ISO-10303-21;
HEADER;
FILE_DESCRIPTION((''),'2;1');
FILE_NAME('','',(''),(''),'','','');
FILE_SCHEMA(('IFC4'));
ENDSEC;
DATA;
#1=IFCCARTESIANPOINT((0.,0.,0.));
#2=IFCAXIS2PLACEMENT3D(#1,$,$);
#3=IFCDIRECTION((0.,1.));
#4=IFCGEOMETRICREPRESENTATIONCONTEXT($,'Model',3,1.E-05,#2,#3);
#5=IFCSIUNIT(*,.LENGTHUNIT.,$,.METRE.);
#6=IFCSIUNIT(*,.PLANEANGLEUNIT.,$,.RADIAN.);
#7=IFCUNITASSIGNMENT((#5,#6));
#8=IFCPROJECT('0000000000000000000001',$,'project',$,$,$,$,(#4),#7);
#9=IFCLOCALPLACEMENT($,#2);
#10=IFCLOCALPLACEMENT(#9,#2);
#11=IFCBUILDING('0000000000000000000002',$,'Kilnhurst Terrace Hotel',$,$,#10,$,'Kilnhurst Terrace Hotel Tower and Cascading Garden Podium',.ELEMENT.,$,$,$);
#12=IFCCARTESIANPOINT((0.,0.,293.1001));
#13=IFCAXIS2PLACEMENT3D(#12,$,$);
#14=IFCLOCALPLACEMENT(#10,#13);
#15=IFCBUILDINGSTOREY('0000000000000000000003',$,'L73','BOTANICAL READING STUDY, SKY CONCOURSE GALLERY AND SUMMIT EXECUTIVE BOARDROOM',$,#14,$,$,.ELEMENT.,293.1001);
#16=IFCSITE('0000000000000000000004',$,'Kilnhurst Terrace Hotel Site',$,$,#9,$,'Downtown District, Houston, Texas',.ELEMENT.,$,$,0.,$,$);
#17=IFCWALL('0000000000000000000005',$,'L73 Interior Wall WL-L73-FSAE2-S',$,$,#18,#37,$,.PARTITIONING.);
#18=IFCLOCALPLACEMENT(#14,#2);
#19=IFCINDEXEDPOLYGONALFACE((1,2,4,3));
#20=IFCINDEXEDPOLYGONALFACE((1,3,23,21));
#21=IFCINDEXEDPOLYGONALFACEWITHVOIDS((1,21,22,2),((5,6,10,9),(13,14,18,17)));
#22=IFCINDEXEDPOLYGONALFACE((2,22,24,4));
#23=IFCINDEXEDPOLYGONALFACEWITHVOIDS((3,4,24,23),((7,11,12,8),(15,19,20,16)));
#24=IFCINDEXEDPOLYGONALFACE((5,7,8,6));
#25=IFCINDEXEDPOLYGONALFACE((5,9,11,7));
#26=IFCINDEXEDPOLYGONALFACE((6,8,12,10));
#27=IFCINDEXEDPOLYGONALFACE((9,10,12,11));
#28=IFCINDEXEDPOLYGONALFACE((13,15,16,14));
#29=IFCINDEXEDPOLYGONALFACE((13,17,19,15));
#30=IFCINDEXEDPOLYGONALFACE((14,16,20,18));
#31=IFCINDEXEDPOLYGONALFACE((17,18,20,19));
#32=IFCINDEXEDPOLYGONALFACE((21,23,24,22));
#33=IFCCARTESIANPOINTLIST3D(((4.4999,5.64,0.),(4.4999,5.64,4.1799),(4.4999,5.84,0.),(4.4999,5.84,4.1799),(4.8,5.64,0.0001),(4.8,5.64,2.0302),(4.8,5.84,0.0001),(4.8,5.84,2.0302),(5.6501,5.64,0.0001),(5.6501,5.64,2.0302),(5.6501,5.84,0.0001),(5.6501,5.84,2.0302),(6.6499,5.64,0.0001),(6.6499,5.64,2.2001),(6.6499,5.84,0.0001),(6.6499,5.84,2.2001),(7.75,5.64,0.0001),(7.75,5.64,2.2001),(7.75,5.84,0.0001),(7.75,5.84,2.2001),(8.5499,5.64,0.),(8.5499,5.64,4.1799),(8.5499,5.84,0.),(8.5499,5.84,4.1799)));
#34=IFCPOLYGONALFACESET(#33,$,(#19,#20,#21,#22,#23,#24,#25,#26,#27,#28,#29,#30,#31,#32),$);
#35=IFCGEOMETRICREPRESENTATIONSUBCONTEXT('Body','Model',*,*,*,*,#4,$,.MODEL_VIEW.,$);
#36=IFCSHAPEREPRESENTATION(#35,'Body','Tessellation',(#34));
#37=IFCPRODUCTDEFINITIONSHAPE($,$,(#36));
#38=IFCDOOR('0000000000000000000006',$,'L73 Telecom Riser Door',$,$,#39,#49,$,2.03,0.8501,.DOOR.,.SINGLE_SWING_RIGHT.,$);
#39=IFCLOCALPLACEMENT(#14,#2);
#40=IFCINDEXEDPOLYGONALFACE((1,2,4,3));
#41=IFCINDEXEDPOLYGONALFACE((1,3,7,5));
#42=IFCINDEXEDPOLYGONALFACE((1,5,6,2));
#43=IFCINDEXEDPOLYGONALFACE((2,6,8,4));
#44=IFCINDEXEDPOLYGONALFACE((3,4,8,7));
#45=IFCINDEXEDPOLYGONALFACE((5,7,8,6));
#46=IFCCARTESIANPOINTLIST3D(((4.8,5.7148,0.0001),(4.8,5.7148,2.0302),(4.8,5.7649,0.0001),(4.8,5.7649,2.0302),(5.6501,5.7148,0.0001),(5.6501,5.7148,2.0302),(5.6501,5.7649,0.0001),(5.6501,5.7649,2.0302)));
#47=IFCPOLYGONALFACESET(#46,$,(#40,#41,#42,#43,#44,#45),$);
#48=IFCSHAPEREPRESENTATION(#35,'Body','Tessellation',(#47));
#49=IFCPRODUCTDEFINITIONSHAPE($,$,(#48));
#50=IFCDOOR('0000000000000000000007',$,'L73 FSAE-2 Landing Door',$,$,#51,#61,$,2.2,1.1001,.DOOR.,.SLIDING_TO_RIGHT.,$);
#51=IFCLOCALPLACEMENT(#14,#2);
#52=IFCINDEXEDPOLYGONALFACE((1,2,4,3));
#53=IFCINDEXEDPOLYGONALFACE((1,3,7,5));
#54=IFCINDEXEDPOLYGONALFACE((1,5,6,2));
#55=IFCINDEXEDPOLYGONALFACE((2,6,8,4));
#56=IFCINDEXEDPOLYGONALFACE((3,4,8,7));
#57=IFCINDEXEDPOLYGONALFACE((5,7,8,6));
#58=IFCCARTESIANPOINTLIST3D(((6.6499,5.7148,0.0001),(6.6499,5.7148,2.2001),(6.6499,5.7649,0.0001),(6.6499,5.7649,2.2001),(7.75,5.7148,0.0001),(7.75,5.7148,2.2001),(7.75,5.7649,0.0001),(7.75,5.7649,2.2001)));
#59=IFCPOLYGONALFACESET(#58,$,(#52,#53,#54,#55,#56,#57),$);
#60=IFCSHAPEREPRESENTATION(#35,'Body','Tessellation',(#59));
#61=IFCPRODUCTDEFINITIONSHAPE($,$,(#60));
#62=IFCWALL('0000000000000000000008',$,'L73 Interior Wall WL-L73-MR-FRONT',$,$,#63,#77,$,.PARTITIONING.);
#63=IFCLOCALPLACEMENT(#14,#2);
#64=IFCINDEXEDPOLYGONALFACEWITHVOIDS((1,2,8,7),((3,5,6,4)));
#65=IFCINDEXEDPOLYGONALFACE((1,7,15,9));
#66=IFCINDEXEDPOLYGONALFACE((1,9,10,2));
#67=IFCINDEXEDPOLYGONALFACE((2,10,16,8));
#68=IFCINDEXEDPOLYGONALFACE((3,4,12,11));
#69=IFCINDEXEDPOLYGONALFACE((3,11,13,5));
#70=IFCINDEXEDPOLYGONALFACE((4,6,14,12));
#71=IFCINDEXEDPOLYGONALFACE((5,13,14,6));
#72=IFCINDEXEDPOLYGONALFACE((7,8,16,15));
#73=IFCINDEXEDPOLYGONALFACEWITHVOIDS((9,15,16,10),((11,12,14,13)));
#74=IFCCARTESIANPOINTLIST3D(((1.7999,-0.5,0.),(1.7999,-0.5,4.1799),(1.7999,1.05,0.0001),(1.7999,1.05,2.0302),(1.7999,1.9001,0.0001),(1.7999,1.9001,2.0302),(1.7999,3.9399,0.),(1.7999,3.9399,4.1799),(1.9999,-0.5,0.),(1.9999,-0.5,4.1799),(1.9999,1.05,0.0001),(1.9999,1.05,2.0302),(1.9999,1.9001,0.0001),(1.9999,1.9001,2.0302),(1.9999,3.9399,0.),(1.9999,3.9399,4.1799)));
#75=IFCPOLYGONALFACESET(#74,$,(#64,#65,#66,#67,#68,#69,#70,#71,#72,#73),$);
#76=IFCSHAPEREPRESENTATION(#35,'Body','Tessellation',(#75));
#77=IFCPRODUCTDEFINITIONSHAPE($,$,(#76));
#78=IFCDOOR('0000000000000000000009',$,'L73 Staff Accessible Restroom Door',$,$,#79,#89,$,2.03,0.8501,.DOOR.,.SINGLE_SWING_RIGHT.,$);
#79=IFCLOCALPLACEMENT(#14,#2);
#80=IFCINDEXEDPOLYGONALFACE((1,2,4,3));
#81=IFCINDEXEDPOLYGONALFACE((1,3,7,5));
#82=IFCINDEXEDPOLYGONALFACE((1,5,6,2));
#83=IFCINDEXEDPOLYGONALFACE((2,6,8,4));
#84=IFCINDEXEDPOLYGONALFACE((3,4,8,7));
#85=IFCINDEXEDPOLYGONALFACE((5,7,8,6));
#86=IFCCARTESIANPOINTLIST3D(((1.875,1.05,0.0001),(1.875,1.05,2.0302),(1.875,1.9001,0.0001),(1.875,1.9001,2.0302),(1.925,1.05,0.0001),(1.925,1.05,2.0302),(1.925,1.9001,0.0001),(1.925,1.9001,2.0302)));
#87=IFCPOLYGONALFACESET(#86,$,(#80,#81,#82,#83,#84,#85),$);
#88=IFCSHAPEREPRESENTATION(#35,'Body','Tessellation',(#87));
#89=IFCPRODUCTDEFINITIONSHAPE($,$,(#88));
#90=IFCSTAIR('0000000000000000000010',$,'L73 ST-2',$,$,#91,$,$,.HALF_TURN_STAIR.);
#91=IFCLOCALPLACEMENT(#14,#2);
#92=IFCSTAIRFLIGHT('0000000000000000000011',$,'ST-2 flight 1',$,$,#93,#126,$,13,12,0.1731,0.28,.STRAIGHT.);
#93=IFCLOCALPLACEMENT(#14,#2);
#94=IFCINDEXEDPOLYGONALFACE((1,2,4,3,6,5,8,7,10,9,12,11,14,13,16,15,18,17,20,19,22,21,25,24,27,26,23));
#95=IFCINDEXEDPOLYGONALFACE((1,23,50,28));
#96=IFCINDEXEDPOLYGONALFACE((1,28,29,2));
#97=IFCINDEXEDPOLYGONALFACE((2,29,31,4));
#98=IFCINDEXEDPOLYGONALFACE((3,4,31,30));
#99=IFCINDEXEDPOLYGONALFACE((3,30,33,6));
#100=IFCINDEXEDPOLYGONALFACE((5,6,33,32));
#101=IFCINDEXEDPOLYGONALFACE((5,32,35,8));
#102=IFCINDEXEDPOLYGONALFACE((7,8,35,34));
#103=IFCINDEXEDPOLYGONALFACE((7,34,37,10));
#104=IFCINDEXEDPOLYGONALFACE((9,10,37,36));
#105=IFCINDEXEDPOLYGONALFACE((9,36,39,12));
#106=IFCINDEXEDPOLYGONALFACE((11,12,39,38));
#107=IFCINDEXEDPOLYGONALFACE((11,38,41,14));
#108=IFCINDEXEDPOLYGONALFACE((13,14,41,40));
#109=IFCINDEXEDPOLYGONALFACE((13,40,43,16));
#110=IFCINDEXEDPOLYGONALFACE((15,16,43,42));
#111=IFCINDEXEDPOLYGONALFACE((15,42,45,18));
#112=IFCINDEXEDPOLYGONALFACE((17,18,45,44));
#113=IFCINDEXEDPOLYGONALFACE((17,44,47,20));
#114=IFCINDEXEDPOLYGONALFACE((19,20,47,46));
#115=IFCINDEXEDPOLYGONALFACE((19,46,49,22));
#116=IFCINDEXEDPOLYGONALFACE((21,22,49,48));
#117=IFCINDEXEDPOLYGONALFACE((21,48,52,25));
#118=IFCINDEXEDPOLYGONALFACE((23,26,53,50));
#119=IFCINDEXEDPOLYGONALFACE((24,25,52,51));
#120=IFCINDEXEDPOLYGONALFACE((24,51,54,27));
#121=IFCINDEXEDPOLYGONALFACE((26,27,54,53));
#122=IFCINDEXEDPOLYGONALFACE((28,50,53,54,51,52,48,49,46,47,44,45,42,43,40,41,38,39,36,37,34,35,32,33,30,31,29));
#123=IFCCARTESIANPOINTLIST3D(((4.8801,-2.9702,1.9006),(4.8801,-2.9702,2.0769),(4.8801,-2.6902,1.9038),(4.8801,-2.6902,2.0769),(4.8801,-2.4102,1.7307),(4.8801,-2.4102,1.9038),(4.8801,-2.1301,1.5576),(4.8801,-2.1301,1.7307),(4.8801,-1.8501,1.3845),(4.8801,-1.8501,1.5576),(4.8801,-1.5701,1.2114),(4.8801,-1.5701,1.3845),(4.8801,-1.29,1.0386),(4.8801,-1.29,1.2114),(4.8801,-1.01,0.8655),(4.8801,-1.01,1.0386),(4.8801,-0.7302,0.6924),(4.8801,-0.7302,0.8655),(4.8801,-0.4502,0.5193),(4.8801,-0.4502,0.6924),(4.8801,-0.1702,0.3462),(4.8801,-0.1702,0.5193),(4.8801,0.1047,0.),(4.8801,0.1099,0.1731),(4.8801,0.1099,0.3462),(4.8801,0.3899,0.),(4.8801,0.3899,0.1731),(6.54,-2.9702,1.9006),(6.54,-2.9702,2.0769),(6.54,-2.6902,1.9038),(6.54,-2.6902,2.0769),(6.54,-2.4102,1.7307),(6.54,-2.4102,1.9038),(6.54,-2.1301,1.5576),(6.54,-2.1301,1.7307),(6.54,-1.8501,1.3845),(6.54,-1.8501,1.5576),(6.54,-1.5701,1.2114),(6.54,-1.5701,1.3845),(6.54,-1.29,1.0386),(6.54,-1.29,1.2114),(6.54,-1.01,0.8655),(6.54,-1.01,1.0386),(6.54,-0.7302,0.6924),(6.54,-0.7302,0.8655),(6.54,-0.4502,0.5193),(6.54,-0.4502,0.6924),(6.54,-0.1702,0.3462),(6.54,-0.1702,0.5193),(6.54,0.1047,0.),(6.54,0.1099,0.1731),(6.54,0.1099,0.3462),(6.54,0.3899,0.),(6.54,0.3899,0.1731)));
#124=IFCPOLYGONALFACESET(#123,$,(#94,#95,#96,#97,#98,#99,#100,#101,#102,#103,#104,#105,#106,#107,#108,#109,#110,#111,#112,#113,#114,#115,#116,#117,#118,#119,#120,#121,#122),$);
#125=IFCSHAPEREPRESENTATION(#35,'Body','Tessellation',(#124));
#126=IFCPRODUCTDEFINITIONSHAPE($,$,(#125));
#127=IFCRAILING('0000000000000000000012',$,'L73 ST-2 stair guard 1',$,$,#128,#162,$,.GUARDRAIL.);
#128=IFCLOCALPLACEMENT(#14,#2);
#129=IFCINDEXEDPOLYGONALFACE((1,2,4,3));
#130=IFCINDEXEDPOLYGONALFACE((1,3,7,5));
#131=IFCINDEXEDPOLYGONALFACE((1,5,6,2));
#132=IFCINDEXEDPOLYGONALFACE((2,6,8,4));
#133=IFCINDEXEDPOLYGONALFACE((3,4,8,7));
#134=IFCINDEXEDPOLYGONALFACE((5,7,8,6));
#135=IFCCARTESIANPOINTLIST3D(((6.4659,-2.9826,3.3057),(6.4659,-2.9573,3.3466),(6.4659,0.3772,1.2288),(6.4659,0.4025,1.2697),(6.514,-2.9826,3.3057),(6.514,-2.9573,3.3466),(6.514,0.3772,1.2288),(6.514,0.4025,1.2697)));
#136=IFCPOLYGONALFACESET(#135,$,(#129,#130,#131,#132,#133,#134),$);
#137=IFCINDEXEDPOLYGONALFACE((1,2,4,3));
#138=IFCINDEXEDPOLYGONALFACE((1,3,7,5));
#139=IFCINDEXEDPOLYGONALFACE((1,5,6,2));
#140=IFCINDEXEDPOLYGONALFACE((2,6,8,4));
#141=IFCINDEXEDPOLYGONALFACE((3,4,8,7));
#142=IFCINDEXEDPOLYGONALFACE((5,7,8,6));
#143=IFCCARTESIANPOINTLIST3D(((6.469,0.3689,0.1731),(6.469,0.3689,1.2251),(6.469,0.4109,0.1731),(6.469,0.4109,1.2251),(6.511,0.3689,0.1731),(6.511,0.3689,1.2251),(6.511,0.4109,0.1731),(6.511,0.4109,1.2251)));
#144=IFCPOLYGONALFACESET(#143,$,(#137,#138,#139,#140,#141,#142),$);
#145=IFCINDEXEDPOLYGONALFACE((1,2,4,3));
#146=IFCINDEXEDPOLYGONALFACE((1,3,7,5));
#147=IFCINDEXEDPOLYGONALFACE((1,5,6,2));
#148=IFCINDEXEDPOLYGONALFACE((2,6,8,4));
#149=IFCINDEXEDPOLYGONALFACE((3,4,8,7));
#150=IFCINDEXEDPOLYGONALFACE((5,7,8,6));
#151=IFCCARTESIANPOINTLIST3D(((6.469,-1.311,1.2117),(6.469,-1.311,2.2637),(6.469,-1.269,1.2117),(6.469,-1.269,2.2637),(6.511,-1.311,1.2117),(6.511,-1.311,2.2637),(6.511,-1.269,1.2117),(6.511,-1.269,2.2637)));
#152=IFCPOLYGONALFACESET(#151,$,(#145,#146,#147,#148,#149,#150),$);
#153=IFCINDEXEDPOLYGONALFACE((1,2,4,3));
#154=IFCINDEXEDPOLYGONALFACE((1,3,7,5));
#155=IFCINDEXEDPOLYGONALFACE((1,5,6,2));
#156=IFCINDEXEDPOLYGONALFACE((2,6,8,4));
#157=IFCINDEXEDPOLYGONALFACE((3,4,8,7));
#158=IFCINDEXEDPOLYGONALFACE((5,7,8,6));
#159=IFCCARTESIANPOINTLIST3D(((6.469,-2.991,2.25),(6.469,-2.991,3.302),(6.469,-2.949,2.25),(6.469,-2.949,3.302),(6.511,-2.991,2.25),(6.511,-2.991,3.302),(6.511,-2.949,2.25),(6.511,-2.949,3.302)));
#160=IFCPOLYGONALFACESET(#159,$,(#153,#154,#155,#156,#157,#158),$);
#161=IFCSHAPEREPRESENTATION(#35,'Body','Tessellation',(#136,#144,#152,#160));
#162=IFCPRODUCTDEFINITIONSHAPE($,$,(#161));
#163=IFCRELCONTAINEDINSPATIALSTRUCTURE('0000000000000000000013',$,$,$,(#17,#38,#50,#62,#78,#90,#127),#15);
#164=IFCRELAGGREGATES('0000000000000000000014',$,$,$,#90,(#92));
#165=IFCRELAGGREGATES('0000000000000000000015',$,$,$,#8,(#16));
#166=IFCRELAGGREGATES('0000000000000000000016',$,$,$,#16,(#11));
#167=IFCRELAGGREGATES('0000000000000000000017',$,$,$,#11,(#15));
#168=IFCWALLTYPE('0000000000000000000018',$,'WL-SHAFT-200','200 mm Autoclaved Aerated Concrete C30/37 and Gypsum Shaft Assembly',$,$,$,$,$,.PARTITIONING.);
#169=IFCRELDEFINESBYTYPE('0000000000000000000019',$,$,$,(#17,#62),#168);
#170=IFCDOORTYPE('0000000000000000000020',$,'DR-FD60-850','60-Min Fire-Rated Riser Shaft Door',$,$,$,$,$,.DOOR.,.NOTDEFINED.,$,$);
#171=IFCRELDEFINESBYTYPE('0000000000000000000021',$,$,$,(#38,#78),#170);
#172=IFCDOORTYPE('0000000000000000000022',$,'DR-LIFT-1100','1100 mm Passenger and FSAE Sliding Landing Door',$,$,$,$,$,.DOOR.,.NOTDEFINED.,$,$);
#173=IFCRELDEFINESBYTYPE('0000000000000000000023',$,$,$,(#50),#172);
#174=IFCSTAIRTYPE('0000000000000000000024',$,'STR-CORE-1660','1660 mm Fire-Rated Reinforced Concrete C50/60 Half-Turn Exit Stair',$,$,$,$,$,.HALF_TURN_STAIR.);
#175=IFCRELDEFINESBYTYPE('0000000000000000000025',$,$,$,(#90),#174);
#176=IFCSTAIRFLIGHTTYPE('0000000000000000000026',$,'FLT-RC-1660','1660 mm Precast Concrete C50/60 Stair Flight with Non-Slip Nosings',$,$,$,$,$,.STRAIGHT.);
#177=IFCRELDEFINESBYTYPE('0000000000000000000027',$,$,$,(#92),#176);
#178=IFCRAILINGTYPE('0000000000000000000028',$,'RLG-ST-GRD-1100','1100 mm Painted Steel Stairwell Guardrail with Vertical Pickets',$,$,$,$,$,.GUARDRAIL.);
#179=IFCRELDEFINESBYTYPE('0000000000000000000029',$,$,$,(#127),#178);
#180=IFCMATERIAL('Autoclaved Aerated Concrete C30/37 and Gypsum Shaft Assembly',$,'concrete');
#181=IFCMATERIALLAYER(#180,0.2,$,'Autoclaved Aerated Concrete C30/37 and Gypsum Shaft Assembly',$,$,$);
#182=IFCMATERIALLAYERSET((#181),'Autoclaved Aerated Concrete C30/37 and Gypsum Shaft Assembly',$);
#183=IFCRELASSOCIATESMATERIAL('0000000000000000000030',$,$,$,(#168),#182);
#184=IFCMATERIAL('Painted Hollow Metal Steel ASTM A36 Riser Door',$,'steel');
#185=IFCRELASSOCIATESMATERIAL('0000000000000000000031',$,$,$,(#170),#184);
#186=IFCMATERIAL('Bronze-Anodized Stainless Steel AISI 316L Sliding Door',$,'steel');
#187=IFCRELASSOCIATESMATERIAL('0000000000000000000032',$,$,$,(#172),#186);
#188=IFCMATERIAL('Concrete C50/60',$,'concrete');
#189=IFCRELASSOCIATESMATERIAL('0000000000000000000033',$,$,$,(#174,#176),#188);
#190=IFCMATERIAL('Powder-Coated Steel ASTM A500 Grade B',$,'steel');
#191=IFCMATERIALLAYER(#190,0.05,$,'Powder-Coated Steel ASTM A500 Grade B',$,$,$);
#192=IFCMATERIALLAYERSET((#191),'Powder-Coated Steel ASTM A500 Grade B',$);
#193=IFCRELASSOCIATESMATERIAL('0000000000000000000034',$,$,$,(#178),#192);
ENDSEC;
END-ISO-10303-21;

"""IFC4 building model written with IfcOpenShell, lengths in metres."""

from ifc_helpers import new_model, si_unit, direction, frame, frame_2d, origin, origin_2d, place, context, subcontext, project, spatial, polyline, rectangle, outline, extrude, material, layer, layer_set, type_object, element, fill, aggregate, save


model = new_model("IFC4")

# Units and contexts
model_context = context("Model", 3, precision=1e-05, world=origin(), true_north=direction((0.0, 1.0)))
body_context = subcontext(model_context, "Body", "Model", "MODEL_VIEW")
ifc_project = project(units=[si_unit("LENGTHUNIT", "METRE"), si_unit("PLANEANGLEUNIT", "RADIAN")], contexts=[model_context])

# Site, building, storey
site_placement = place(None, origin())
site = spatial("IfcSite", under=ifc_project, at=site_placement, Name="Kilnhurst Terrace Hotel Site", LongName="Downtown District, Houston, Texas", CompositionType="ELEMENT", RefElevation=0.0)
building_placement = place(site_placement, origin())
building = spatial("IfcBuilding", under=site, at=building_placement, Name="Kilnhurst Terrace Hotel", LongName="Kilnhurst Terrace Hotel Tower and Cascading Garden Podium", CompositionType="ELEMENT")
storey_placement = place(building_placement, frame((0.0, 0.0, 293.1001)))
storey = spatial("IfcBuildingStorey", under=building, at=storey_placement, Name="L73", Description="BOTANICAL READING STUDY, SKY CONCOURSE GALLERY AND SUMMIT EXECUTIVE BOARDROOM", CompositionType="ELEMENT", Elevation=293.1001)

# Shared definitions
ifc_material_1 = material(Name="Concrete C50/60", Category="concrete")

# Wall, openings, doors
ifc_material_2 = material(Name="Autoclaved Aerated Concrete C30/37 and Gypsum Shaft Assembly", Category="concrete")
ifc_layer_1 = layer(ifc_material_2, 0.2, Name="Autoclaved Aerated Concrete C30/37 and Gypsum Shaft Assembly")
ifc_layer_set_1 = layer_set([ifc_layer_1], Name="Autoclaved Aerated Concrete C30/37 and Gypsum Shaft Assembly")
wall_type_1 = type_object("IfcWallType", Name="WL-SHAFT-200", Description="200 mm Autoclaved Aerated Concrete C30/37 and Gypsum Shaft Assembly", PredefinedType="PARTITIONING", material=ifc_layer_set_1)
wall_1_placement = place(storey_placement, frame((4.5, 5.74, 0.0), z_axis=(0.0, 0.0, 1.0), x_axis=(1.0, 0.0, 0.0)))
wall_1 = element("IfcWall", 1, at=wall_1_placement, inside=storey, type_object=wall_type_1, Name="L73 Interior Wall WL-L73-FSAE2-S", PredefinedType="PARTITIONING", context=body_context, shape_type="SweptSolid", body=[
    extrude(rectangle(XDim=4.05, YDim=0.2, at=frame_2d((2.0249, 0.0))), origin(), (0.0, 0.0, 1.0), 4.1799),
])
opening_1_placement = place(wall_1_placement, frame((0.3, 0.0, 0.0)))
opening_1 = element("IfcOpeningElement", 2, at=opening_1_placement, cuts=wall_1, PredefinedType="OPENING", context=body_context, shape_type="SweptSolid", body=[
    extrude(rectangle(XDim=0.8501, YDim=2.03, at=frame_2d((0.425, 1.0151))), frame((0.0, 0.1099, 0.0), z_axis=(0.0, -1.0, 0.0), x_axis=(1.0, 0.0, 0.0)), (0.0, 0.0, 1.0), 0.22),
])
opening_2_placement = place(wall_1_placement, frame((2.1499, 0.0, 0.0)))
opening_2 = element("IfcOpeningElement", 3, at=opening_2_placement, cuts=wall_1, PredefinedType="OPENING", context=body_context, shape_type="SweptSolid", body=[
    extrude(rectangle(XDim=1.1001, YDim=2.2, at=frame_2d((0.55, 1.1001))), frame((0.0, 0.1099, 0.0), z_axis=(0.0, -1.0, 0.0), x_axis=(1.0, 0.0, 0.0)), (0.0, 0.0, 1.0), 0.22),
])
ifc_material_3 = material(Name="Painted Hollow Metal Steel ASTM A36 Riser Door", Category="steel")
door_type_1 = type_object("IfcDoorType", Name="DR-FD60-850", Description="60-Min Fire-Rated Riser Shaft Door", OperationType="NOTDEFINED", PredefinedType="DOOR", material=ifc_material_3)
door_1_placement = place(opening_1_placement, origin())
door_1 = element("IfcDoor", 4, at=door_1_placement, inside=storey, type_object=door_type_1, Name="L73 Telecom Riser Door", OperationType="SINGLE_SWING_RIGHT", OverallHeight=2.03, OverallWidth=0.8501, PredefinedType="DOOR", context=body_context, shape_type="SweptSolid", body=[
    extrude(rectangle(XDim=0.8501, YDim=2.03, at=frame_2d((0.425, 1.0151))), frame((0.0, 0.0249, 0.0), z_axis=(0.0, -1.0, 0.0), x_axis=(1.0, 0.0, 0.0)), (0.0, 0.0, 1.0), 0.05),
])
fill(opening_1, door_1)
ifc_material_4 = material(Name="Bronze-Anodized Stainless Steel AISI 316L Sliding Door", Category="steel")
door_type_2 = type_object("IfcDoorType", Name="DR-LIFT-1100", Description="1100 mm Passenger and FSAE Sliding Landing Door", OperationType="NOTDEFINED", PredefinedType="DOOR", material=ifc_material_4)
door_2_placement = place(opening_2_placement, origin())
door_2 = element("IfcDoor", 5, at=door_2_placement, inside=storey, type_object=door_type_2, Name="L73 FSAE-2 Landing Door", OperationType="SLIDING_TO_RIGHT", OverallHeight=2.2, OverallWidth=1.1001, PredefinedType="DOOR", context=body_context, shape_type="SweptSolid", body=[
    extrude(rectangle(XDim=1.1001, YDim=2.2, at=frame_2d((0.55, 1.1001))), frame((0.0, 0.0249, 0.0), z_axis=(0.0, -1.0, 0.0), x_axis=(1.0, 0.0, 0.0)), (0.0, 0.0, 1.0), 0.05),
])
fill(opening_2, door_2)

# Wall, opening, door
wall_2_placement = place(storey_placement, frame((1.8999, -0.5, 0.0), z_axis=(0.0, 0.0, 1.0), x_axis=(0.0, 1.0, 0.0)))
wall_2 = element("IfcWall", 6, at=wall_2_placement, inside=storey, type_object=wall_type_1, Name="L73 Interior Wall WL-L73-MR-FRONT", PredefinedType="PARTITIONING", context=body_context, shape_type="SweptSolid", body=[
    extrude(rectangle(XDim=4.4399, YDim=0.2, at=frame_2d((2.22, 0.0))), origin(), (0.0, 0.0, 1.0), 4.1799),
])
opening_3_placement = place(wall_2_placement, frame((1.55, 0.0, 0.0)))
opening_3 = element("IfcOpeningElement", 7, at=opening_3_placement, cuts=wall_2, PredefinedType="OPENING", context=body_context, shape_type="SweptSolid", body=[
    extrude(rectangle(XDim=0.8501, YDim=2.03, at=frame_2d((0.425, 1.0151))), frame((0.0, 0.1099, 0.0), z_axis=(0.0, -1.0, 0.0), x_axis=(1.0, 0.0, 0.0)), (0.0, 0.0, 1.0), 0.22),
])
door_3_placement = place(opening_3_placement, origin())
door_3 = element("IfcDoor", 8, at=door_3_placement, inside=storey, type_object=door_type_1, Name="L73 Staff Accessible Restroom Door", OperationType="SINGLE_SWING_RIGHT", OverallHeight=2.03, OverallWidth=0.8501, PredefinedType="DOOR", context=body_context, shape_type="SweptSolid", body=[
    extrude(rectangle(XDim=0.8501, YDim=2.03, at=frame_2d((0.425, 1.0151))), frame((0.0, 0.0249, 0.0), z_axis=(0.0, -1.0, 0.0), x_axis=(1.0, 0.0, 0.0)), (0.0, 0.0, 1.0), 0.05),
])
fill(opening_3, door_3)

# Stair, stair flight
stair_type = type_object("IfcStairType", Name="STR-CORE-1660", Description="1660 mm Fire-Rated Reinforced Concrete C50/60 Half-Turn Exit Stair", PredefinedType="HALF_TURN_STAIR", material=ifc_material_1)
stair_placement = place(storey_placement, origin())
stair = element("IfcStair", 9, at=stair_placement, inside=storey, type_object=stair_type, Name="L73 ST-2", PredefinedType="HALF_TURN_STAIR")
stair_flight_type = type_object("IfcStairFlightType", Name="FLT-RC-1660", Description="1660 mm Precast Concrete C50/60 Stair Flight with Non-Slip Nosings", PredefinedType="STRAIGHT", material=ifc_material_1)
stair_flight_placement = place(storey_placement, frame((5.71, 0.3899, 0.0), z_axis=(0.0, 0.0, 1.0), x_axis=(0.0, -1.0, 0.0)))
stair_flight = element("IfcStairFlight", 10, at=stair_flight_placement, type_object=stair_flight_type, Name="ST-2 flight 1", NumberOfRisers=13, NumberOfTreads=12, PredefinedType="STRAIGHT", RiserHeight=0.1731, TreadLength=0.28, context=body_context, shape_type="SweptSolid", body=[
    extrude(outline(polyline([(0.0, 0.0), (0.0, 0.1731), (0.28, 0.1731), (0.28, 0.3462), (0.5601, 0.3462), (0.5601, 0.5193), (0.8401, 0.5193), (0.8401, 0.6924), (1.1201, 0.6924), (1.1201, 0.8655), (1.3999, 0.8655), (1.3999, 1.0386), (1.6799, 1.0386), (1.6799, 1.2114), (1.96, 1.2114), (1.96, 1.3845), (2.24, 1.3845), (2.24, 1.5576), (2.52, 1.5576), (2.52, 1.7307), (2.8, 1.7307), (2.8, 1.9038), (3.0801, 1.9038), (3.0801, 2.0769), (3.3601, 2.0769), (3.3601, 2.25), (3.3601, 1.9006), (0.2852, 0.0), (0.0, 0.0)])), frame((0.0, 0.8301, 0.0), z_axis=(0.0, -1.0, 0.0), x_axis=(1.0, 0.0, 0.0)), (0.0, 0.0, 1.0), 1.6599),
])
aggregate(stair, [stair_flight])

# Railing
ifc_material_5 = material(Name="Powder-Coated Steel ASTM A500 Grade B", Category="steel")
ifc_layer_2 = layer(ifc_material_5, 0.05, Name="Powder-Coated Steel ASTM A500 Grade B")
ifc_layer_set_2 = layer_set([ifc_layer_2], Name="Powder-Coated Steel ASTM A500 Grade B")
railing_type_1 = type_object("IfcRailingType", Name="RLG-ST-GRD-1100", Description="1100 mm Painted Steel Stairwell Guardrail with Vertical Pickets", PredefinedType="GUARDRAIL", material=ifc_layer_set_2)
railing_1_placement = place(storey_placement, frame((6.49, 0.3899, 0.1731)))
element("IfcRailing", 11, at=railing_1_placement, inside=storey, type_object=railing_type_1, Name="L73 ST-2 stair guard 1", PredefinedType="GUARDRAIL", context=body_context, shape_type="SweptSolid", body=[
    extrude(rectangle(XDim=0.0481, YDim=0.0481, at=origin_2d()), frame((0.0, 0.0, 1.0762), z_axis=(0.0, -0.850606, 0.525803), x_axis=(1.0, 0.0, 0.0)), (0.0, 0.0, 1.0), 3.95),
    extrude(rectangle(XDim=0.042, YDim=0.042, at=origin_2d()), origin(), (0.0, 0.0, 1.0), 1.052),
    extrude(rectangle(XDim=0.042, YDim=0.042, at=origin_2d()), frame((0.0, -1.6799, 1.0386)), (0.0, 0.0, 1.0), 1.052),
    extrude(rectangle(XDim=0.042, YDim=0.042, at=origin_2d()), frame((0.0, -3.3599, 2.0769)), (0.0, 0.0, 1.0), 1.052),
])

save(model, "model.ifc")
